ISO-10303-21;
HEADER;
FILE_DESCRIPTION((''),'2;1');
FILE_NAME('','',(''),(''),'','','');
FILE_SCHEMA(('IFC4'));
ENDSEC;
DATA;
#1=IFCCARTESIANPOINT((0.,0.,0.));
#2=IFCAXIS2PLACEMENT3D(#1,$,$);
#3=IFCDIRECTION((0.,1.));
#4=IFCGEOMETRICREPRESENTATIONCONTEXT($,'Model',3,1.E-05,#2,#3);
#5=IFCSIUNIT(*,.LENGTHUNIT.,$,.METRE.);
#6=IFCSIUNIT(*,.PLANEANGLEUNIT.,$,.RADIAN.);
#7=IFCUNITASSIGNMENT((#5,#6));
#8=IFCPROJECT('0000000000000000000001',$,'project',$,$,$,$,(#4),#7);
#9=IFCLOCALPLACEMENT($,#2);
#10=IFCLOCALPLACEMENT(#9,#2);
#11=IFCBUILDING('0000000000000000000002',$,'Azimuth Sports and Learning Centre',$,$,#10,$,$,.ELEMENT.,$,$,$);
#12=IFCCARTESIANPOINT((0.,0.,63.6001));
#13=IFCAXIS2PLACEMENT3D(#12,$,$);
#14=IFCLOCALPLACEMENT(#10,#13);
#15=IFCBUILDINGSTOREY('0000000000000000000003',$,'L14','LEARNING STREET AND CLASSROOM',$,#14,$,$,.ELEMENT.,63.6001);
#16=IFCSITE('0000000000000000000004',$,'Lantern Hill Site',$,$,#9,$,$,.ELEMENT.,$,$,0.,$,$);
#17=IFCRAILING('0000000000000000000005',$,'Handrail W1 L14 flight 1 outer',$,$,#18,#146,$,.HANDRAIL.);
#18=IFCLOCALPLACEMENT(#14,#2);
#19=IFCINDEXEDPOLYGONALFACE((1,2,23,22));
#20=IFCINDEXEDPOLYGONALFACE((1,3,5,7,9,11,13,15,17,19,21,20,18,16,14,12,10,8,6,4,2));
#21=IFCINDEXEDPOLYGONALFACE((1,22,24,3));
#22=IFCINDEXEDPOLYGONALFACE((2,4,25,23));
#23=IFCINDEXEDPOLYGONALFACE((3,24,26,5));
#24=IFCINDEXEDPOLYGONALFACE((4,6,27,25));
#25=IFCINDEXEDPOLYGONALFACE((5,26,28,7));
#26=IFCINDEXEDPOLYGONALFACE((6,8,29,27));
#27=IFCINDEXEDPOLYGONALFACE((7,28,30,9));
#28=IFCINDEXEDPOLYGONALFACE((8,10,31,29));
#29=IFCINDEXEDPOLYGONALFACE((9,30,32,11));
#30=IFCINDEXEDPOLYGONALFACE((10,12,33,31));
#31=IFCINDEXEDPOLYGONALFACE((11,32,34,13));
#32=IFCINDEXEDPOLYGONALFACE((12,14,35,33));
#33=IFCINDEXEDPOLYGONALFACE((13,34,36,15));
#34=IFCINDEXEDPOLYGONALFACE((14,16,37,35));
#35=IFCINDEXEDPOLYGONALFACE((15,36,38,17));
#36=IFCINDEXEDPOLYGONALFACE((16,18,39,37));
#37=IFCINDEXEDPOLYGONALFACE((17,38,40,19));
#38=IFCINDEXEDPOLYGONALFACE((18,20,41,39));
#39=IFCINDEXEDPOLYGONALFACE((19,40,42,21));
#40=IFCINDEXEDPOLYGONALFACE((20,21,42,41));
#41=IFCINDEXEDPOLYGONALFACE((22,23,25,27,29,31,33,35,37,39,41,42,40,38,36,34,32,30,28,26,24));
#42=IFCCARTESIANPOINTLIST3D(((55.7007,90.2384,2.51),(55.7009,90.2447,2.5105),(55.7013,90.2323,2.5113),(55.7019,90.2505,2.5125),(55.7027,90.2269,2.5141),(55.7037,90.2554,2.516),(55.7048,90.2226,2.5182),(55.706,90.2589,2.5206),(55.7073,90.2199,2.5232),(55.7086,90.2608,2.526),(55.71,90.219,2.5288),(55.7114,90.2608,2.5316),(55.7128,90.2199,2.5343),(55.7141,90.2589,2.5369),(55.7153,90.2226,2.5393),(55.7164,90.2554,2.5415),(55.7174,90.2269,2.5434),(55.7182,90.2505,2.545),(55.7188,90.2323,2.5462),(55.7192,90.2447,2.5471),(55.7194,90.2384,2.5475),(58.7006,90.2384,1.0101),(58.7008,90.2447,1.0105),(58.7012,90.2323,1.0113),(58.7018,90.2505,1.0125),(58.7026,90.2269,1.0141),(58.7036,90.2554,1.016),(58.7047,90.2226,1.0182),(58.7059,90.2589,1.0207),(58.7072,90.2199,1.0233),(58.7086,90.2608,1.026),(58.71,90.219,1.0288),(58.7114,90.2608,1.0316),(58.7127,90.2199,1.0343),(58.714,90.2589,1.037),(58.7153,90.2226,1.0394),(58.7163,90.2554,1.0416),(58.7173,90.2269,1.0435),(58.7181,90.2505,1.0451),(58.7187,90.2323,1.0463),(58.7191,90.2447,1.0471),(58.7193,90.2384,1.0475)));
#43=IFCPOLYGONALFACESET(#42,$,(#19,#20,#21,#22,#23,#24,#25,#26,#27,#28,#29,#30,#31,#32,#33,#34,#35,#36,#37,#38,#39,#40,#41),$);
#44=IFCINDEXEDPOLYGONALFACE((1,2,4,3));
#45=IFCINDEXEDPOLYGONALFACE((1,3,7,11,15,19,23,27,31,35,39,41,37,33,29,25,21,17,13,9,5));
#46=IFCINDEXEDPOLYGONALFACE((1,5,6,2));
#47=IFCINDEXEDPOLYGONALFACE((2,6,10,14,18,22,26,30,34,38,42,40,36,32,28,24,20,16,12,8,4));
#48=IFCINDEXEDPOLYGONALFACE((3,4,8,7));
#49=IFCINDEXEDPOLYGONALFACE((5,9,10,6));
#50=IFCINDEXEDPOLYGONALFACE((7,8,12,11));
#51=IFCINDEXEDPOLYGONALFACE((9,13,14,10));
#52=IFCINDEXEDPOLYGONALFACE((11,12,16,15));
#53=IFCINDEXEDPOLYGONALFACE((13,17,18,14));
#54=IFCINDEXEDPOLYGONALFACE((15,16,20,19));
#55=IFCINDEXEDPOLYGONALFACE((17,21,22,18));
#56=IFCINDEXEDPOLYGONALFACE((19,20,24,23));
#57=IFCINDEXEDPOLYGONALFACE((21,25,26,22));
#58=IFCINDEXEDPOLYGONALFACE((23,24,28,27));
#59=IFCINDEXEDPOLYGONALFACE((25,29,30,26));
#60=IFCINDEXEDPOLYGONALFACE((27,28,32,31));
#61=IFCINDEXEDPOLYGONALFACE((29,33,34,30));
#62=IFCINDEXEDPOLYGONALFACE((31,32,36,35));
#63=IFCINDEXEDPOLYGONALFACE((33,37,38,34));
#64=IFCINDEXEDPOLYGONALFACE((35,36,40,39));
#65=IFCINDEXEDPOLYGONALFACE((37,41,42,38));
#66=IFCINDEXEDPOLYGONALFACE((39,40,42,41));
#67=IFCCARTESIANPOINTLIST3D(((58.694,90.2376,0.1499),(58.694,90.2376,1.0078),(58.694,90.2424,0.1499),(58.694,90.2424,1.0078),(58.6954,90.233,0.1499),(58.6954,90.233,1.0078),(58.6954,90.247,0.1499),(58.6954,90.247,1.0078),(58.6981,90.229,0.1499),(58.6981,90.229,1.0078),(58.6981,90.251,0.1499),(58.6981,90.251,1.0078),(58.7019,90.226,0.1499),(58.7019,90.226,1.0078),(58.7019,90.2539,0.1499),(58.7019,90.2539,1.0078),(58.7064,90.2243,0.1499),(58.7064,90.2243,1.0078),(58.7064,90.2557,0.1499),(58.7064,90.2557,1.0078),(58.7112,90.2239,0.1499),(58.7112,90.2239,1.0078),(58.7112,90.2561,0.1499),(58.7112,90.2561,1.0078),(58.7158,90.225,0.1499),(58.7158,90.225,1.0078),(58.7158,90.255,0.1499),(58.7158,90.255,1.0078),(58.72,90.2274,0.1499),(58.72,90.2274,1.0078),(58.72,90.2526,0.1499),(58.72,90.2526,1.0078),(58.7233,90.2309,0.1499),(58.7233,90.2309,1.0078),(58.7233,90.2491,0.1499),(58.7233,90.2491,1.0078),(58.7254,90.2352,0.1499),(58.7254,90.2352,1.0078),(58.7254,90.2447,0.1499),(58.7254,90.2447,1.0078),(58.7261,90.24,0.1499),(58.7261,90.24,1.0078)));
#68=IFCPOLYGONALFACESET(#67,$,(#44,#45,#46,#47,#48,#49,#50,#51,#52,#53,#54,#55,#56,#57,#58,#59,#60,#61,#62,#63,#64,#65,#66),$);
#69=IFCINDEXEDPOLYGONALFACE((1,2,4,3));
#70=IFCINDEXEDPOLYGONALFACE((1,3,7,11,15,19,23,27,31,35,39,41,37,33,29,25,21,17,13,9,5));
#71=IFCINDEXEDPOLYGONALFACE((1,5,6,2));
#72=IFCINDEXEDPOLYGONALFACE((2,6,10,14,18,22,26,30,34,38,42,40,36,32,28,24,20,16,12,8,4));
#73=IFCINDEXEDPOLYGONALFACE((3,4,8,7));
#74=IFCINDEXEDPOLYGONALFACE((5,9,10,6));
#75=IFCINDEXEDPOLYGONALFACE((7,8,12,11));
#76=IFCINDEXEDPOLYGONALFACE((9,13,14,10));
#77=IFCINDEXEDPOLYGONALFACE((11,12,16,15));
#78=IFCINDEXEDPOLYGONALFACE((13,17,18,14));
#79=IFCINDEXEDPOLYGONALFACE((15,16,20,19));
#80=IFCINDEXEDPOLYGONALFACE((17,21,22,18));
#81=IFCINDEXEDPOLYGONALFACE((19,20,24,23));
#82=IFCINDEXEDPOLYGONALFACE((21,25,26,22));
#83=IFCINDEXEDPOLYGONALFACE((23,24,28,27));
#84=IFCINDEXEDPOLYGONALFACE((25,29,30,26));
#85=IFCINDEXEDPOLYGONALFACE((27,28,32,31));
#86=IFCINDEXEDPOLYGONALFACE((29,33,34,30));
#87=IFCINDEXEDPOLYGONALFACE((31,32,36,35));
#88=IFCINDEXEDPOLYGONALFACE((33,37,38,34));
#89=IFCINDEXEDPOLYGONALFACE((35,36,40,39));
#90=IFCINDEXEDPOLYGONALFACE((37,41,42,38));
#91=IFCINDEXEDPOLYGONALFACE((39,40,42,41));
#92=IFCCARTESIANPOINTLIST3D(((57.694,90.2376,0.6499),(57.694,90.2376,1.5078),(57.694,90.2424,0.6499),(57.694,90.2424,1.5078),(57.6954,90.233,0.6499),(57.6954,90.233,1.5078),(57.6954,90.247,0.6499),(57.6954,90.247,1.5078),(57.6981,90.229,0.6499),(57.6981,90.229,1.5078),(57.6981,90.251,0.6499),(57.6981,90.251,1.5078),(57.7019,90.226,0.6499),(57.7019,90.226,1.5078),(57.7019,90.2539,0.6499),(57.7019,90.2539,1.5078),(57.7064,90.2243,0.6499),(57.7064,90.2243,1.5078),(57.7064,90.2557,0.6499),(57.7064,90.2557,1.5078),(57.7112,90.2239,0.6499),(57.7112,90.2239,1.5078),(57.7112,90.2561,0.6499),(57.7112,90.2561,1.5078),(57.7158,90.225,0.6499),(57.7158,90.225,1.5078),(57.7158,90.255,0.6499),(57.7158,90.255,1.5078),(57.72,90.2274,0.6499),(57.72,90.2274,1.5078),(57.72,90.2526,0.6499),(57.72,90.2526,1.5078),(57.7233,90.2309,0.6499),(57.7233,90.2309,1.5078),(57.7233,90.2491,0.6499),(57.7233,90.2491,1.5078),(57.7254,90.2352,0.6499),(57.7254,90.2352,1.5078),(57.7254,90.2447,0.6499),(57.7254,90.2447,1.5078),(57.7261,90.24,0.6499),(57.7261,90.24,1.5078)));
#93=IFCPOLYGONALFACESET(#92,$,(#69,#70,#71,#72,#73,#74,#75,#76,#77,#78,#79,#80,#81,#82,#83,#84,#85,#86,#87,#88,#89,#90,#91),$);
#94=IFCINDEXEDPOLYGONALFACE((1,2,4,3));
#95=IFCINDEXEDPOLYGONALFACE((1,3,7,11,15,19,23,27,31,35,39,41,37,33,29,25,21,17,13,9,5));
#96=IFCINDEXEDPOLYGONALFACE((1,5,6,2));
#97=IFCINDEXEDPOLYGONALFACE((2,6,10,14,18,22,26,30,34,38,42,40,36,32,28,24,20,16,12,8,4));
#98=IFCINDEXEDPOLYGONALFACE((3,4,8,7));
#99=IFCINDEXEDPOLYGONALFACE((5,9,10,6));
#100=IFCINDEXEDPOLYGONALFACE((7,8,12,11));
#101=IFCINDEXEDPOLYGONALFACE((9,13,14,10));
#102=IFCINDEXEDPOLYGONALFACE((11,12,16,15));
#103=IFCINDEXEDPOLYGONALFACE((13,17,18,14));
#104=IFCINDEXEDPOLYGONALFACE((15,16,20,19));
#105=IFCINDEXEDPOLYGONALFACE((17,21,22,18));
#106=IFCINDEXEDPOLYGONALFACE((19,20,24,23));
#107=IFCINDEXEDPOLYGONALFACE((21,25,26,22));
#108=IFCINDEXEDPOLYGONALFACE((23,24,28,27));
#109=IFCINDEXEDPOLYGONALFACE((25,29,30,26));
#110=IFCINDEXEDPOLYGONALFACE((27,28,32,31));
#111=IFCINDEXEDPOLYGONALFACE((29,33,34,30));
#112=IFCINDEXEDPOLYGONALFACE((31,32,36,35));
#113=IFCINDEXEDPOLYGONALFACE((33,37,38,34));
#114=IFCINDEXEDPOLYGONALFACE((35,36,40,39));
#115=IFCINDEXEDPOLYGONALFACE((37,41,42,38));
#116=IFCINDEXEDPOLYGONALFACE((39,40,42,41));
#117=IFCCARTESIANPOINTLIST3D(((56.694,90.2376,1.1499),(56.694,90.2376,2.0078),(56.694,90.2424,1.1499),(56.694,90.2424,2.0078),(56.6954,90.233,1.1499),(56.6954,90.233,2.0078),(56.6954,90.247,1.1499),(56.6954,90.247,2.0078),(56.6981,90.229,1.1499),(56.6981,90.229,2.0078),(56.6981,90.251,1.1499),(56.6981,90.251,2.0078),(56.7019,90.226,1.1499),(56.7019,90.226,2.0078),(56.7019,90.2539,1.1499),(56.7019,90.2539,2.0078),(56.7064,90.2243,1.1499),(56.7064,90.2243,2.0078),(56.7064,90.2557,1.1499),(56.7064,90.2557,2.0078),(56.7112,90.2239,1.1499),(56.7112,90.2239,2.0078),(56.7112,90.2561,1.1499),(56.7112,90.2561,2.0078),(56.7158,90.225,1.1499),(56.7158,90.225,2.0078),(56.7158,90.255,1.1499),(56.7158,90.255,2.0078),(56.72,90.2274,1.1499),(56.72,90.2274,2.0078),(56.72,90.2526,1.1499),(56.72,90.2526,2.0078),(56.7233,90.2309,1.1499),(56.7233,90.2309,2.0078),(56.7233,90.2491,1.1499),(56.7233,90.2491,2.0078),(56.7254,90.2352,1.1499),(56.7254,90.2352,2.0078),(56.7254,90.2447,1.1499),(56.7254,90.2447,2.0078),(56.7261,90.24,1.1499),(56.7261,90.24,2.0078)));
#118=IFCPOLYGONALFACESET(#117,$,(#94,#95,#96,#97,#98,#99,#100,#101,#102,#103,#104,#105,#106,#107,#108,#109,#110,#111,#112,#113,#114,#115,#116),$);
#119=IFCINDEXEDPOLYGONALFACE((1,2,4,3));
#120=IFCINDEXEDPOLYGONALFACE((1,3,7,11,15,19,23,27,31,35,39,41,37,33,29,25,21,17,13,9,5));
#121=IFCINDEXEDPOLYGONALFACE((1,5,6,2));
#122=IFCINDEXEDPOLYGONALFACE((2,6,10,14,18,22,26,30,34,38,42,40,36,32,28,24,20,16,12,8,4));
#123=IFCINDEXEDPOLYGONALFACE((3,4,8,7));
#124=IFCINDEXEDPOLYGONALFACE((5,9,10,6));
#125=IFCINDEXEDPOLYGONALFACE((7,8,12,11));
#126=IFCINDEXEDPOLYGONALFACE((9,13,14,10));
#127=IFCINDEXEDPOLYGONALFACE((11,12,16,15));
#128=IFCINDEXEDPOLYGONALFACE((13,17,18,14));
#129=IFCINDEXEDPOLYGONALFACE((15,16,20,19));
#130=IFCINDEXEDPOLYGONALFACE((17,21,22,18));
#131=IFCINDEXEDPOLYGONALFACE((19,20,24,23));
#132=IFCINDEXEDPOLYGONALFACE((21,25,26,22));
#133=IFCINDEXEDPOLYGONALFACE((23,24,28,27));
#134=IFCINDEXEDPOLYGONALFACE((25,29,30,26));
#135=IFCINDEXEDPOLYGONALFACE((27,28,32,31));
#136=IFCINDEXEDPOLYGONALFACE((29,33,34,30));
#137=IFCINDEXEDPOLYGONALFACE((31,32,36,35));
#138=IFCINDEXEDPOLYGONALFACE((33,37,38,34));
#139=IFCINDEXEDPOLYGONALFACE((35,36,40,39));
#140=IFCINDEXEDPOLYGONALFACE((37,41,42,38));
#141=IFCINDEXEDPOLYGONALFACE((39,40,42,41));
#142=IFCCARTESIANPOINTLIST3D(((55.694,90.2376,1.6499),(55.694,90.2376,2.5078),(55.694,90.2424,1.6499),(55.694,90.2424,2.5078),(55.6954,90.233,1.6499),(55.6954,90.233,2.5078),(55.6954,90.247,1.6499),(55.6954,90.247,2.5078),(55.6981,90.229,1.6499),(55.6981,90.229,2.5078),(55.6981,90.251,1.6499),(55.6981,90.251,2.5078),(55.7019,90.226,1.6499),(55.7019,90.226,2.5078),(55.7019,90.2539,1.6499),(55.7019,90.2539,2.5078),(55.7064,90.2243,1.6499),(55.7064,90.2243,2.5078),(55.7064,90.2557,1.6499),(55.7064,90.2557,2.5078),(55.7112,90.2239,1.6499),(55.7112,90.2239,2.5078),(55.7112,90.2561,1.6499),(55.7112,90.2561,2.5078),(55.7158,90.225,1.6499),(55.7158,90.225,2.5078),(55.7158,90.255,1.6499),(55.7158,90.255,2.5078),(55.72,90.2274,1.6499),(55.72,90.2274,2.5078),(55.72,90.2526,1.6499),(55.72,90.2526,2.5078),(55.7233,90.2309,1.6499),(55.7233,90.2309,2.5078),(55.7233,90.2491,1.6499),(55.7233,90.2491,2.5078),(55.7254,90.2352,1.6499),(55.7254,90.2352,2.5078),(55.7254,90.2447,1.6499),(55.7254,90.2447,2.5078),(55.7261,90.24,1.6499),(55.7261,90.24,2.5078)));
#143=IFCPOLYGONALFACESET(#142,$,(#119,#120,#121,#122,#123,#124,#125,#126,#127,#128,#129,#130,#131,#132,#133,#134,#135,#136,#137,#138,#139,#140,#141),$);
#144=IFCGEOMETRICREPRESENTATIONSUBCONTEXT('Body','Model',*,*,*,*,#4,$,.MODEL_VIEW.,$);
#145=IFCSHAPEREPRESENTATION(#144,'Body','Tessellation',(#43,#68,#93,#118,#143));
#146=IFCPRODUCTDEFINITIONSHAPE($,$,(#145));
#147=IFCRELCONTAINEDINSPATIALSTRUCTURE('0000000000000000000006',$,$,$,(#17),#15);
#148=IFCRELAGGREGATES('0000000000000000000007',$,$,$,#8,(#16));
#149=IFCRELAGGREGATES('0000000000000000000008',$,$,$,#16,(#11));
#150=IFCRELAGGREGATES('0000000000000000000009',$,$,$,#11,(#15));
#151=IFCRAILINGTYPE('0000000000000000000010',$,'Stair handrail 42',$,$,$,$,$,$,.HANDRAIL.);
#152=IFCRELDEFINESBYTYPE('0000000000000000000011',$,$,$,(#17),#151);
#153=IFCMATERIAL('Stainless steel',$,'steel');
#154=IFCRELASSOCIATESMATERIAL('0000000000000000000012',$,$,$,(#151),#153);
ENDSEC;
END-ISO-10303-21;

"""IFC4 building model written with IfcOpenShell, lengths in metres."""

from ifc_helpers import new_model, si_unit, direction, frame, origin, origin_2d, place, context, subcontext, project, spatial, circle, extrude, material, type_object, element, save


model = new_model("IFC4")

# Units and contexts
model_context = context("Model", 3, precision=1e-05, world=origin(), true_north=direction((0.0, 1.0)))
body_context = subcontext(model_context, "Body", "Model", "MODEL_VIEW")
ifc_project = project(units=[si_unit("LENGTHUNIT", "METRE"), si_unit("PLANEANGLEUNIT", "RADIAN")], contexts=[model_context])

# Site, building, storey
site_placement = place(None, origin())
site = spatial("IfcSite", under=ifc_project, at=site_placement, Name="Lantern Hill Site", CompositionType="ELEMENT", RefElevation=0.0)
building_placement = place(site_placement, origin())
building = spatial("IfcBuilding", under=site, at=building_placement, Name="Azimuth Sports and Learning Centre", CompositionType="ELEMENT")
storey_placement = place(building_placement, frame((0.0, 0.0, 63.6001)))
storey = spatial("IfcBuildingStorey", under=building, at=storey_placement, Name="L14", Description="LEARNING STREET AND CLASSROOM", CompositionType="ELEMENT", Elevation=63.6001)

# Railing
ifc_material_1 = material(Name="Stainless steel", Category="steel")
railing_type = type_object("IfcRailingType", Name="Stair handrail 42", PredefinedType="HANDRAIL", material=ifc_material_1)
railing_placement = place(storey_placement, frame((58.71, 90.24, 0.1499)))
element("IfcRailing", 1, at=railing_placement, inside=storey, type_object=railing_type, Name="Handrail W1 L14 flight 1 outer", PredefinedType="HANDRAIL", context=body_context, shape_type="SweptSolid", body=[
    extrude(circle(Radius=0.021, at=origin_2d()), frame((0.0, 0.0, 0.8789), z_axis=(-0.894427, 0.0, 0.447214), x_axis=(0.0, -1.0, 0.0)), (0.0, 0.0, 1.0), 3.354),
    extrude(circle(Radius=0.0161, at=origin_2d()), origin(), (0.0, 0.0, 1.0), 0.8579),
    extrude(circle(Radius=0.0161, at=origin_2d()), frame((-1.0, 0.0, 0.5)), (0.0, 0.0, 1.0), 0.8579),
    extrude(circle(Radius=0.0161, at=origin_2d()), frame((-2.0, 0.0, 1.0)), (0.0, 0.0, 1.0), 0.8579),
    extrude(circle(Radius=0.0161, at=origin_2d()), frame((-3.0, 0.0, 1.5)), (0.0, 0.0, 1.0), 0.8579),
])

save(model, "model.ifc")
